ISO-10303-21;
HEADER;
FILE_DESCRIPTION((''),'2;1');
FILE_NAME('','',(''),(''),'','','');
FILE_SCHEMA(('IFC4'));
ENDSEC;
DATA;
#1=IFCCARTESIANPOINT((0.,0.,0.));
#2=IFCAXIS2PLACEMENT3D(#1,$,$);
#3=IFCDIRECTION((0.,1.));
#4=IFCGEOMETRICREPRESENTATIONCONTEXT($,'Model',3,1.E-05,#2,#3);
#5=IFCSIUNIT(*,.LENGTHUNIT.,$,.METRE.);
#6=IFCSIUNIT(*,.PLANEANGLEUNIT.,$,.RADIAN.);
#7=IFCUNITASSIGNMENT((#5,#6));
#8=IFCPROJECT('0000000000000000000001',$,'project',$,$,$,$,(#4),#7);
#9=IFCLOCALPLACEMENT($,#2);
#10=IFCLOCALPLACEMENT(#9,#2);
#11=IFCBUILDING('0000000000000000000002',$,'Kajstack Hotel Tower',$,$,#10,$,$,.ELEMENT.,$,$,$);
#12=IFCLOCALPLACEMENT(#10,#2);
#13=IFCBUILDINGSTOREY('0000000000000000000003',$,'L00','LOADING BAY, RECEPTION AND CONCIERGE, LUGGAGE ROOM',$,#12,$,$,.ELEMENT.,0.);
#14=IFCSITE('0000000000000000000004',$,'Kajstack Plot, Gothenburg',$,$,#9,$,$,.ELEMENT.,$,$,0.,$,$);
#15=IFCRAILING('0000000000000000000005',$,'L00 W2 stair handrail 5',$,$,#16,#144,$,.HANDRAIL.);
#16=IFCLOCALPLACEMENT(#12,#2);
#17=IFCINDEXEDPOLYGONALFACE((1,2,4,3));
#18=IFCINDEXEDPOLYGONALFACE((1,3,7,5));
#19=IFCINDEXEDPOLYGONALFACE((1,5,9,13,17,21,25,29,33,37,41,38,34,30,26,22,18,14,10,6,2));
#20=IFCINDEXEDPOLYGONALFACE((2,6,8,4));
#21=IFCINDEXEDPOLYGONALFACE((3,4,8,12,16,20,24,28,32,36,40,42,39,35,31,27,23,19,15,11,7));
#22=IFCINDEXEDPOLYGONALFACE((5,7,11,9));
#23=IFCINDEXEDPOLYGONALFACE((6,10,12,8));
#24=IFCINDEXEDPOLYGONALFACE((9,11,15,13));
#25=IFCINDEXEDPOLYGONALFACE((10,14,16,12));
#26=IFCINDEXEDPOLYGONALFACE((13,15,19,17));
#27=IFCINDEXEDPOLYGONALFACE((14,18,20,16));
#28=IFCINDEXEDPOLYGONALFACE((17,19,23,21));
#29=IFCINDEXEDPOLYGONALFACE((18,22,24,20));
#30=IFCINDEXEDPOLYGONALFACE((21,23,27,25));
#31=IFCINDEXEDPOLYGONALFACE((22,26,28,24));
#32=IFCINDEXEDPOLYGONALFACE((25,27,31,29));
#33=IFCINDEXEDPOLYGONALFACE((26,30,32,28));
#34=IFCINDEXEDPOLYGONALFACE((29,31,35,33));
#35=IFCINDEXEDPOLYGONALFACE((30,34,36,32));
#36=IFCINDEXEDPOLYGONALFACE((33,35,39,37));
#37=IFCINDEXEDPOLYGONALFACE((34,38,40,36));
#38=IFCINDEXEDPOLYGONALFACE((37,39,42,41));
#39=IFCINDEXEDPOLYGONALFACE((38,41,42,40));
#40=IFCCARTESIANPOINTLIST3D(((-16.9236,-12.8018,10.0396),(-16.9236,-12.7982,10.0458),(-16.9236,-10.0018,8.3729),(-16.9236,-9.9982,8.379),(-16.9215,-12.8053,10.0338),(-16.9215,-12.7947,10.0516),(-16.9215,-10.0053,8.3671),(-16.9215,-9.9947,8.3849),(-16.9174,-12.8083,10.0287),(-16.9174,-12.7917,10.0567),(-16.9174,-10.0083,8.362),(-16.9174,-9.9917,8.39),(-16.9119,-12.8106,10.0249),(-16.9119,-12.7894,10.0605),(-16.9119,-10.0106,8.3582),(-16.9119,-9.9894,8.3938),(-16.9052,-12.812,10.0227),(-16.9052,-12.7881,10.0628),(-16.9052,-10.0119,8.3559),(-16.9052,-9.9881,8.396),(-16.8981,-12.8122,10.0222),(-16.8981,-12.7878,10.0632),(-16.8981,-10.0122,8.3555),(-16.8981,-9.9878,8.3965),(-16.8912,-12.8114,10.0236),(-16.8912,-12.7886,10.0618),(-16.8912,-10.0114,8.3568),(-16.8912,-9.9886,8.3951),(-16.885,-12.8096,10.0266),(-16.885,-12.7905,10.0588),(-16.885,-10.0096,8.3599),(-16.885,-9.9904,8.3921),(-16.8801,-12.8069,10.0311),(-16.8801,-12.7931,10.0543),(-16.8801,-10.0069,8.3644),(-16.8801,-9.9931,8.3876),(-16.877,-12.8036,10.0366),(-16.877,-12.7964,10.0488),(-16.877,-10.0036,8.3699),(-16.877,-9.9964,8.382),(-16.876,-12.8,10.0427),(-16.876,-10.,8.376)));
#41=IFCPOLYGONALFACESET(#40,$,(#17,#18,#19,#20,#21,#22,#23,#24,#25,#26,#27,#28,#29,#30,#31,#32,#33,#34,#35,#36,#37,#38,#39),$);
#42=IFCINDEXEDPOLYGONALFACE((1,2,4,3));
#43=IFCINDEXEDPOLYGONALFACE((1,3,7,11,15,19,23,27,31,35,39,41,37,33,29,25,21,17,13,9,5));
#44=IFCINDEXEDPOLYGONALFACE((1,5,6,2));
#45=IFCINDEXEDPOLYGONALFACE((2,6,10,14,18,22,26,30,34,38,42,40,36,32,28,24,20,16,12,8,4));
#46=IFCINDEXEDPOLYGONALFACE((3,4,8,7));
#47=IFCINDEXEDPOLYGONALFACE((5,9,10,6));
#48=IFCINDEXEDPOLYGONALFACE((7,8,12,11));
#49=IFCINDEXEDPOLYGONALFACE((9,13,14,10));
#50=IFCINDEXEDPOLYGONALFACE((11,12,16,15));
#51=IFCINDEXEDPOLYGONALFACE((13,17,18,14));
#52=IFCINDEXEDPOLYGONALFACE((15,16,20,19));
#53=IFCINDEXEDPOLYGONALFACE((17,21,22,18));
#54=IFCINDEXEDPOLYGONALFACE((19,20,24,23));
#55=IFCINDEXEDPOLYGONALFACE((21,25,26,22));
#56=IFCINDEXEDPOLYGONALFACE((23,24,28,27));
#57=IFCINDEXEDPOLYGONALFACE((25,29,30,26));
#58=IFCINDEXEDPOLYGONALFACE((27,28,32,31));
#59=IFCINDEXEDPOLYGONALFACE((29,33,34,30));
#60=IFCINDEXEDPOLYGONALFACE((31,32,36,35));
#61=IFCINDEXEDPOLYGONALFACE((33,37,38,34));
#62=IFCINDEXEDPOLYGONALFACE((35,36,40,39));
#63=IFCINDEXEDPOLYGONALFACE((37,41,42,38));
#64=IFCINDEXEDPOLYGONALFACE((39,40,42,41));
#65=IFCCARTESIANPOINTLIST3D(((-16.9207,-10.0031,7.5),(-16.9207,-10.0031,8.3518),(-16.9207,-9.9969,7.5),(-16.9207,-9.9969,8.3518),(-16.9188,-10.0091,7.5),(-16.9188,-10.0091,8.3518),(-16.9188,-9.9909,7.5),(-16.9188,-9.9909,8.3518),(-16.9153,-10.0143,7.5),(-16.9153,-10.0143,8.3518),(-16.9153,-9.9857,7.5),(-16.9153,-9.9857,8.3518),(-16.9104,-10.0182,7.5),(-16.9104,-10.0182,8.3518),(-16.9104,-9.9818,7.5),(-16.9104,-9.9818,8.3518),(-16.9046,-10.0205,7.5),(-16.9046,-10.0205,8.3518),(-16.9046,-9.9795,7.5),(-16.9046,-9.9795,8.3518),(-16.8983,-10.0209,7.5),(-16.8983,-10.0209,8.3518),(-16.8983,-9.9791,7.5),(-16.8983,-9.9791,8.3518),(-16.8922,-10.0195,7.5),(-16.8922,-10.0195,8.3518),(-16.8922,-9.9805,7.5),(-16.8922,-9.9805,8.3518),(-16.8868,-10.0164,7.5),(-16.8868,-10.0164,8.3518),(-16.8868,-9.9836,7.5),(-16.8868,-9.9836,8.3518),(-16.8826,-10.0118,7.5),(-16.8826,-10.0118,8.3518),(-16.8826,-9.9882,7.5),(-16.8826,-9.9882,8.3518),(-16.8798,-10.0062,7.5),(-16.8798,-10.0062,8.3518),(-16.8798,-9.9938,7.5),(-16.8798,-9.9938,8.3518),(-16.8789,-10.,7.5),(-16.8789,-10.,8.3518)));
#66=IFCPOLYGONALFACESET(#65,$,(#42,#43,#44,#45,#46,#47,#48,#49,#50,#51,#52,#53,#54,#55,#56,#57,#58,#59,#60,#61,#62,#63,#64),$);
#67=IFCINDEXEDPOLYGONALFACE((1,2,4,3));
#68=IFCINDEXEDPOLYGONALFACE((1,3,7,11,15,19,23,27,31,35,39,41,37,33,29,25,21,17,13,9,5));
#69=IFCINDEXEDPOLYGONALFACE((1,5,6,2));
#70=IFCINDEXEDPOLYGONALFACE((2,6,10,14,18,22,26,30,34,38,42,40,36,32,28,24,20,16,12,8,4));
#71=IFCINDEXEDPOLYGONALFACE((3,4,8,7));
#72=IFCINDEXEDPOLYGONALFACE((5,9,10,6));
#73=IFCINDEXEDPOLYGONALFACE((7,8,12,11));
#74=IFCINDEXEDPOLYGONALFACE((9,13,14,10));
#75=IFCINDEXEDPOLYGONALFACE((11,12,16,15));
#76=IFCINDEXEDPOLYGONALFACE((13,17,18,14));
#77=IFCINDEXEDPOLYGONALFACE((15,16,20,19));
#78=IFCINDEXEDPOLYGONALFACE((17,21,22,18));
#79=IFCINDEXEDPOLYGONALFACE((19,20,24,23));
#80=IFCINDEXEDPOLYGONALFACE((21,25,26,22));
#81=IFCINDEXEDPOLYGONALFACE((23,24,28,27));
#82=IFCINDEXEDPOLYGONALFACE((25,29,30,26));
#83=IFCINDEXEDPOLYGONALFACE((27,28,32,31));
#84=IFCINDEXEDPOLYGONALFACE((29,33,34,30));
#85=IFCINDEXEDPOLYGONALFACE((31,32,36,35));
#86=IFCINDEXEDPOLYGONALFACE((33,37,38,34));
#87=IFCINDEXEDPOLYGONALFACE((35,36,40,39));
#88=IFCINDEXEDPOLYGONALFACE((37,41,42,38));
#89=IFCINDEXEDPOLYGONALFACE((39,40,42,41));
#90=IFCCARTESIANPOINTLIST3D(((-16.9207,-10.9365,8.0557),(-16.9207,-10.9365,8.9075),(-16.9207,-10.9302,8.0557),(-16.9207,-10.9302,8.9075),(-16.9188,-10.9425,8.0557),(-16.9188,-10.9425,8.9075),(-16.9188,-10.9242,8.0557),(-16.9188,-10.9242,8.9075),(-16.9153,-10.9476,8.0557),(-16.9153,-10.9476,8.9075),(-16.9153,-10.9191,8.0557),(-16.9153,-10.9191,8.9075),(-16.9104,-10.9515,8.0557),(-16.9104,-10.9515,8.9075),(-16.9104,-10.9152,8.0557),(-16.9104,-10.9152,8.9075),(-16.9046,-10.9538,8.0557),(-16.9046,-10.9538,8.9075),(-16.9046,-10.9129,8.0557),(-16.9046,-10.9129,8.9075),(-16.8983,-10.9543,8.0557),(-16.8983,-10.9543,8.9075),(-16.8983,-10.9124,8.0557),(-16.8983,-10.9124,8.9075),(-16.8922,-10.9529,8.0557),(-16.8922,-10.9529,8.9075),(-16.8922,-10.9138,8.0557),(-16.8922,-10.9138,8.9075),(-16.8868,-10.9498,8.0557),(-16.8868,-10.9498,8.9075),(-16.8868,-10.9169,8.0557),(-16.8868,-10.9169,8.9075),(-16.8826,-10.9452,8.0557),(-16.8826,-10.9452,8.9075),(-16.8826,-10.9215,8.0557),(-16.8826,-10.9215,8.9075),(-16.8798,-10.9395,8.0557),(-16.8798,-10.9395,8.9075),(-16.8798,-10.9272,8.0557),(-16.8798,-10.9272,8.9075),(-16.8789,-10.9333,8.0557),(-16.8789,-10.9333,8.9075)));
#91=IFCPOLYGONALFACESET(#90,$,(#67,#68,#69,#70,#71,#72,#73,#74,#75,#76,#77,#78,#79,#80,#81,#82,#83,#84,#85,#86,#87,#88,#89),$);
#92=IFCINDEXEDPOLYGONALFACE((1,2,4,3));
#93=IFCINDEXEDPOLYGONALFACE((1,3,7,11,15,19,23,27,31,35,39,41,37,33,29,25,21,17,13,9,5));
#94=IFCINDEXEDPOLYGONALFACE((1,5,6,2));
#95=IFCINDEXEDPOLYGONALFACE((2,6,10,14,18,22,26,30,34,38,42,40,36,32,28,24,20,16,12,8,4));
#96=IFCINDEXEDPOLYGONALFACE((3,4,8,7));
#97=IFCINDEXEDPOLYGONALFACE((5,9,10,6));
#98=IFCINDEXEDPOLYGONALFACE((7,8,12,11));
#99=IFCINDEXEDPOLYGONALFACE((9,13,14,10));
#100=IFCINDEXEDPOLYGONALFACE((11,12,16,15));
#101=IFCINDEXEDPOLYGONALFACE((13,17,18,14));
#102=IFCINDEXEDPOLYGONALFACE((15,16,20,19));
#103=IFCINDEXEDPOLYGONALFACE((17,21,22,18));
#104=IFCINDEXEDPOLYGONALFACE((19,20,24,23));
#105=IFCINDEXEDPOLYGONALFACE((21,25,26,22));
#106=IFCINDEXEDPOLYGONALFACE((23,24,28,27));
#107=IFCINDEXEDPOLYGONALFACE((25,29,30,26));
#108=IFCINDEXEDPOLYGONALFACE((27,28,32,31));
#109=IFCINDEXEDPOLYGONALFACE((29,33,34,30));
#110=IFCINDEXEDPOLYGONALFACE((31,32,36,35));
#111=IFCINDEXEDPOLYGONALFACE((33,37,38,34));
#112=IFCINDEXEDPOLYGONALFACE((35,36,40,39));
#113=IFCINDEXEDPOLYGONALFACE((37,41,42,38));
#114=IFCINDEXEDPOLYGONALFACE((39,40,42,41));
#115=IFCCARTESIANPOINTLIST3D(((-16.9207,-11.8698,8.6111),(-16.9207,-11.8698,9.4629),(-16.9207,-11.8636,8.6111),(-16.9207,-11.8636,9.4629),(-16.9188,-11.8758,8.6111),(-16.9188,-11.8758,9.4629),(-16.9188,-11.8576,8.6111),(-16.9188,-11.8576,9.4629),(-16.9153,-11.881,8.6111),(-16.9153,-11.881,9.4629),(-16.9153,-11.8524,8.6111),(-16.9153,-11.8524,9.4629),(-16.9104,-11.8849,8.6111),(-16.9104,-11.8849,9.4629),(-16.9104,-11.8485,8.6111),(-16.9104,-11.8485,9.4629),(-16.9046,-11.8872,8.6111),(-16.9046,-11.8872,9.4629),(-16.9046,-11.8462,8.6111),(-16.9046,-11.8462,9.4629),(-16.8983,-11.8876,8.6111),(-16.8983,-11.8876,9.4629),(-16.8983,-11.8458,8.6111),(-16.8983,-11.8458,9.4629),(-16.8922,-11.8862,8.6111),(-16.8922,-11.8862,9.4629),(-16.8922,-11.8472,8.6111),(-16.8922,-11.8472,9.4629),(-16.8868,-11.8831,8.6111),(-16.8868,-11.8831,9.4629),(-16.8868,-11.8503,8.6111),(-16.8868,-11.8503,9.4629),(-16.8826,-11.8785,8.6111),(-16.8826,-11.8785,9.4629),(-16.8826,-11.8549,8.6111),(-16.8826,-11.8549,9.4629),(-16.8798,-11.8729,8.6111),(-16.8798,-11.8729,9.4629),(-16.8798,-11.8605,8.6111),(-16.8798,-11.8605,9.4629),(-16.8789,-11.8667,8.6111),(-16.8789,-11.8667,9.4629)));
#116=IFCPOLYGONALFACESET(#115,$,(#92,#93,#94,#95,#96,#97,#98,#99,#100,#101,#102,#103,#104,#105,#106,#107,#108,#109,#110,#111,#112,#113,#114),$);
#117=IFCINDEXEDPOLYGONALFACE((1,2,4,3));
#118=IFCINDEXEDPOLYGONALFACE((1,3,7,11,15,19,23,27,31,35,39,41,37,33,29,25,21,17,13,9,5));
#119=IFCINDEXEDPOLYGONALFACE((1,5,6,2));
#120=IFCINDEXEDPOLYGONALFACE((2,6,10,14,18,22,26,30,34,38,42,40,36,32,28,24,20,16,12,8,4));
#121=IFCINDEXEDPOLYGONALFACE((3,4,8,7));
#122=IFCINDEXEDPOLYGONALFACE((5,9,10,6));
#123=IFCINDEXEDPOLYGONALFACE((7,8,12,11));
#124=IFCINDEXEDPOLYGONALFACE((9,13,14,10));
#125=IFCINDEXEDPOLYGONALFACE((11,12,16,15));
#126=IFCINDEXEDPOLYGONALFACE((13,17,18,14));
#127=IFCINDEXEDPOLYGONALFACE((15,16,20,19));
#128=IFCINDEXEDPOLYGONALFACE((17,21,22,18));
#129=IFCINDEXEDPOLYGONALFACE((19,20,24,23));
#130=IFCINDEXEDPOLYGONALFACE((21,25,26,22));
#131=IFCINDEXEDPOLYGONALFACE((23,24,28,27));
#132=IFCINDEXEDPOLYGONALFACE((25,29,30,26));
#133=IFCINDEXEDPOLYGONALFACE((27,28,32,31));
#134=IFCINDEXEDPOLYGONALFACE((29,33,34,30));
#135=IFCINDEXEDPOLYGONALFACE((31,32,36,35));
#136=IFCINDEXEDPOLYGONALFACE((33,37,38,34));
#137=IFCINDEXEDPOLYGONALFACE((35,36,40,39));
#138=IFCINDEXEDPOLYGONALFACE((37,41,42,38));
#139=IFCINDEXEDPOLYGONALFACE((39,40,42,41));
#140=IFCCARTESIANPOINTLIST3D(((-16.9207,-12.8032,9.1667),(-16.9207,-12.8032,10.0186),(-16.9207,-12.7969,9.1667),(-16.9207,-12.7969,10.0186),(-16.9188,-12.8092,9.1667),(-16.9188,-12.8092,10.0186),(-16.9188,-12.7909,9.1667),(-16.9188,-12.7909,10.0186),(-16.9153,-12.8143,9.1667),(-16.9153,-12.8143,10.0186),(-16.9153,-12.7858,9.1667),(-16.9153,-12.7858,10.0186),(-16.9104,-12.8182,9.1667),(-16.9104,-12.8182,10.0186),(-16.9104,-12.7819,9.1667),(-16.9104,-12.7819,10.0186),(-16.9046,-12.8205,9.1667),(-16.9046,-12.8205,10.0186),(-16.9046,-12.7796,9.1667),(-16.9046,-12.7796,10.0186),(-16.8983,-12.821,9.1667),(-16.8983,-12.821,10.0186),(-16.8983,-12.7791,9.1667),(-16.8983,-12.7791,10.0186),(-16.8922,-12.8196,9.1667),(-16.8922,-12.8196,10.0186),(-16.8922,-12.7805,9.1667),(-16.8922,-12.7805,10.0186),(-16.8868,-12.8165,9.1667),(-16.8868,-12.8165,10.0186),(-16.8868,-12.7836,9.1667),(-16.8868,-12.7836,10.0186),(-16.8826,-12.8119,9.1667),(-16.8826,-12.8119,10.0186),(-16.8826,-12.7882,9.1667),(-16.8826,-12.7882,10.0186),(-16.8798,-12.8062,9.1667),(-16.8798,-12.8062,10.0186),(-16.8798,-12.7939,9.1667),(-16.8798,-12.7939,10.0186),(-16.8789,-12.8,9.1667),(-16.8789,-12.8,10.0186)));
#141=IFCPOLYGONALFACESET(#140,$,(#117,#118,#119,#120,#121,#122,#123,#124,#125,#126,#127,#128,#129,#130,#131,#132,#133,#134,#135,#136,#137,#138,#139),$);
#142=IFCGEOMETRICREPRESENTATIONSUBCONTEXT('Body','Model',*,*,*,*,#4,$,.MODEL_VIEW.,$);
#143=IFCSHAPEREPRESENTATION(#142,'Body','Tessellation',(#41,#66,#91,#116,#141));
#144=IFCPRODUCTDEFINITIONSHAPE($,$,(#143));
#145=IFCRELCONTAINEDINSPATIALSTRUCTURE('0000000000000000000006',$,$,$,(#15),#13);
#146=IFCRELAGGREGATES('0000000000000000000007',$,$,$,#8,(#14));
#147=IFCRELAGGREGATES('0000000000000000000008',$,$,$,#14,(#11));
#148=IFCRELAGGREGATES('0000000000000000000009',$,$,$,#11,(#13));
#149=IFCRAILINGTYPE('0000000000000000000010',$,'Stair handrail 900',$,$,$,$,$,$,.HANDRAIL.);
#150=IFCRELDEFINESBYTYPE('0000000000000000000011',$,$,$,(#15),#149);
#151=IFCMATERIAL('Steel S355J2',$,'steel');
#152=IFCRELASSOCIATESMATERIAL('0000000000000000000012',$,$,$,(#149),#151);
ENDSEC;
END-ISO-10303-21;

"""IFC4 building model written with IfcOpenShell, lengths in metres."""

from ifc_helpers import new_model, si_unit, direction, frame, origin, origin_2d, place, context, subcontext, project, spatial, circle, extrude, material, type_object, element, save


model = new_model("IFC4")

# Units and contexts
model_context = context("Model", 3, precision=1e-05, world=origin(), true_north=direction((0.0, 1.0)))
body_context = subcontext(model_context, "Body", "Model", "MODEL_VIEW")
ifc_project = project(units=[si_unit("LENGTHUNIT", "METRE"), si_unit("PLANEANGLEUNIT", "RADIAN")], contexts=[model_context])

# Site, building, storey
site_placement = place(None, origin())
site = spatial("IfcSite", under=ifc_project, at=site_placement, Name="Kajstack Plot, Gothenburg", CompositionType="ELEMENT", RefElevation=0.0)
building_placement = place(site_placement, origin())
building = spatial("IfcBuilding", under=site, at=building_placement, Name="Kajstack Hotel Tower", CompositionType="ELEMENT")
storey_placement = place(building_placement, origin())
storey = spatial("IfcBuildingStorey", under=building, at=storey_placement, Name="L00", Description="LOADING BAY, RECEPTION AND CONCIERGE, LUGGAGE ROOM", CompositionType="ELEMENT", Elevation=0.0)

# Railing
ifc_material_1 = material(Name="Steel S355J2", Category="steel")
railing_type_1 = type_object("IfcRailingType", Name="Stair handrail 900", PredefinedType="HANDRAIL", material=ifc_material_1)
for number, where, name in (
    (1, (-16.8999, -10.0, 7.5), "L00 W2 stair handrail 5"),
):
    element("IfcRailing", number, at=place(storey_placement, frame(where)), inside=storey, type_object=railing_type_1, Name=name, PredefinedType="HANDRAIL", context=body_context, shape_type="SweptSolid", body=[
        extrude(circle(Radius=0.0239, at=origin_2d()), frame((0.0, 0.0, 0.876), z_axis=(0.0, -0.859286, 0.511496), x_axis=(1.0, 0.0, 0.0)), (0.0, 0.0, 1.0), 3.2585),
        extrude(circle(Radius=0.021, at=origin_2d()), origin(), (0.0, 0.0, 1.0), 0.8518),
        extrude(circle(Radius=0.021, at=origin_2d()), frame((0.0, -0.9333, 0.5557)), (0.0, 0.0, 1.0), 0.8518),
        extrude(circle(Radius=0.021, at=origin_2d()), frame((0.0, -1.8667, 1.1111)), (0.0, 0.0, 1.0), 0.8518),
        extrude(circle(Radius=0.021, at=origin_2d()), frame((0.0, -2.8, 1.6667)), (0.0, 0.0, 1.0), 0.8518),
    ])

save(model, "model.ifc")
